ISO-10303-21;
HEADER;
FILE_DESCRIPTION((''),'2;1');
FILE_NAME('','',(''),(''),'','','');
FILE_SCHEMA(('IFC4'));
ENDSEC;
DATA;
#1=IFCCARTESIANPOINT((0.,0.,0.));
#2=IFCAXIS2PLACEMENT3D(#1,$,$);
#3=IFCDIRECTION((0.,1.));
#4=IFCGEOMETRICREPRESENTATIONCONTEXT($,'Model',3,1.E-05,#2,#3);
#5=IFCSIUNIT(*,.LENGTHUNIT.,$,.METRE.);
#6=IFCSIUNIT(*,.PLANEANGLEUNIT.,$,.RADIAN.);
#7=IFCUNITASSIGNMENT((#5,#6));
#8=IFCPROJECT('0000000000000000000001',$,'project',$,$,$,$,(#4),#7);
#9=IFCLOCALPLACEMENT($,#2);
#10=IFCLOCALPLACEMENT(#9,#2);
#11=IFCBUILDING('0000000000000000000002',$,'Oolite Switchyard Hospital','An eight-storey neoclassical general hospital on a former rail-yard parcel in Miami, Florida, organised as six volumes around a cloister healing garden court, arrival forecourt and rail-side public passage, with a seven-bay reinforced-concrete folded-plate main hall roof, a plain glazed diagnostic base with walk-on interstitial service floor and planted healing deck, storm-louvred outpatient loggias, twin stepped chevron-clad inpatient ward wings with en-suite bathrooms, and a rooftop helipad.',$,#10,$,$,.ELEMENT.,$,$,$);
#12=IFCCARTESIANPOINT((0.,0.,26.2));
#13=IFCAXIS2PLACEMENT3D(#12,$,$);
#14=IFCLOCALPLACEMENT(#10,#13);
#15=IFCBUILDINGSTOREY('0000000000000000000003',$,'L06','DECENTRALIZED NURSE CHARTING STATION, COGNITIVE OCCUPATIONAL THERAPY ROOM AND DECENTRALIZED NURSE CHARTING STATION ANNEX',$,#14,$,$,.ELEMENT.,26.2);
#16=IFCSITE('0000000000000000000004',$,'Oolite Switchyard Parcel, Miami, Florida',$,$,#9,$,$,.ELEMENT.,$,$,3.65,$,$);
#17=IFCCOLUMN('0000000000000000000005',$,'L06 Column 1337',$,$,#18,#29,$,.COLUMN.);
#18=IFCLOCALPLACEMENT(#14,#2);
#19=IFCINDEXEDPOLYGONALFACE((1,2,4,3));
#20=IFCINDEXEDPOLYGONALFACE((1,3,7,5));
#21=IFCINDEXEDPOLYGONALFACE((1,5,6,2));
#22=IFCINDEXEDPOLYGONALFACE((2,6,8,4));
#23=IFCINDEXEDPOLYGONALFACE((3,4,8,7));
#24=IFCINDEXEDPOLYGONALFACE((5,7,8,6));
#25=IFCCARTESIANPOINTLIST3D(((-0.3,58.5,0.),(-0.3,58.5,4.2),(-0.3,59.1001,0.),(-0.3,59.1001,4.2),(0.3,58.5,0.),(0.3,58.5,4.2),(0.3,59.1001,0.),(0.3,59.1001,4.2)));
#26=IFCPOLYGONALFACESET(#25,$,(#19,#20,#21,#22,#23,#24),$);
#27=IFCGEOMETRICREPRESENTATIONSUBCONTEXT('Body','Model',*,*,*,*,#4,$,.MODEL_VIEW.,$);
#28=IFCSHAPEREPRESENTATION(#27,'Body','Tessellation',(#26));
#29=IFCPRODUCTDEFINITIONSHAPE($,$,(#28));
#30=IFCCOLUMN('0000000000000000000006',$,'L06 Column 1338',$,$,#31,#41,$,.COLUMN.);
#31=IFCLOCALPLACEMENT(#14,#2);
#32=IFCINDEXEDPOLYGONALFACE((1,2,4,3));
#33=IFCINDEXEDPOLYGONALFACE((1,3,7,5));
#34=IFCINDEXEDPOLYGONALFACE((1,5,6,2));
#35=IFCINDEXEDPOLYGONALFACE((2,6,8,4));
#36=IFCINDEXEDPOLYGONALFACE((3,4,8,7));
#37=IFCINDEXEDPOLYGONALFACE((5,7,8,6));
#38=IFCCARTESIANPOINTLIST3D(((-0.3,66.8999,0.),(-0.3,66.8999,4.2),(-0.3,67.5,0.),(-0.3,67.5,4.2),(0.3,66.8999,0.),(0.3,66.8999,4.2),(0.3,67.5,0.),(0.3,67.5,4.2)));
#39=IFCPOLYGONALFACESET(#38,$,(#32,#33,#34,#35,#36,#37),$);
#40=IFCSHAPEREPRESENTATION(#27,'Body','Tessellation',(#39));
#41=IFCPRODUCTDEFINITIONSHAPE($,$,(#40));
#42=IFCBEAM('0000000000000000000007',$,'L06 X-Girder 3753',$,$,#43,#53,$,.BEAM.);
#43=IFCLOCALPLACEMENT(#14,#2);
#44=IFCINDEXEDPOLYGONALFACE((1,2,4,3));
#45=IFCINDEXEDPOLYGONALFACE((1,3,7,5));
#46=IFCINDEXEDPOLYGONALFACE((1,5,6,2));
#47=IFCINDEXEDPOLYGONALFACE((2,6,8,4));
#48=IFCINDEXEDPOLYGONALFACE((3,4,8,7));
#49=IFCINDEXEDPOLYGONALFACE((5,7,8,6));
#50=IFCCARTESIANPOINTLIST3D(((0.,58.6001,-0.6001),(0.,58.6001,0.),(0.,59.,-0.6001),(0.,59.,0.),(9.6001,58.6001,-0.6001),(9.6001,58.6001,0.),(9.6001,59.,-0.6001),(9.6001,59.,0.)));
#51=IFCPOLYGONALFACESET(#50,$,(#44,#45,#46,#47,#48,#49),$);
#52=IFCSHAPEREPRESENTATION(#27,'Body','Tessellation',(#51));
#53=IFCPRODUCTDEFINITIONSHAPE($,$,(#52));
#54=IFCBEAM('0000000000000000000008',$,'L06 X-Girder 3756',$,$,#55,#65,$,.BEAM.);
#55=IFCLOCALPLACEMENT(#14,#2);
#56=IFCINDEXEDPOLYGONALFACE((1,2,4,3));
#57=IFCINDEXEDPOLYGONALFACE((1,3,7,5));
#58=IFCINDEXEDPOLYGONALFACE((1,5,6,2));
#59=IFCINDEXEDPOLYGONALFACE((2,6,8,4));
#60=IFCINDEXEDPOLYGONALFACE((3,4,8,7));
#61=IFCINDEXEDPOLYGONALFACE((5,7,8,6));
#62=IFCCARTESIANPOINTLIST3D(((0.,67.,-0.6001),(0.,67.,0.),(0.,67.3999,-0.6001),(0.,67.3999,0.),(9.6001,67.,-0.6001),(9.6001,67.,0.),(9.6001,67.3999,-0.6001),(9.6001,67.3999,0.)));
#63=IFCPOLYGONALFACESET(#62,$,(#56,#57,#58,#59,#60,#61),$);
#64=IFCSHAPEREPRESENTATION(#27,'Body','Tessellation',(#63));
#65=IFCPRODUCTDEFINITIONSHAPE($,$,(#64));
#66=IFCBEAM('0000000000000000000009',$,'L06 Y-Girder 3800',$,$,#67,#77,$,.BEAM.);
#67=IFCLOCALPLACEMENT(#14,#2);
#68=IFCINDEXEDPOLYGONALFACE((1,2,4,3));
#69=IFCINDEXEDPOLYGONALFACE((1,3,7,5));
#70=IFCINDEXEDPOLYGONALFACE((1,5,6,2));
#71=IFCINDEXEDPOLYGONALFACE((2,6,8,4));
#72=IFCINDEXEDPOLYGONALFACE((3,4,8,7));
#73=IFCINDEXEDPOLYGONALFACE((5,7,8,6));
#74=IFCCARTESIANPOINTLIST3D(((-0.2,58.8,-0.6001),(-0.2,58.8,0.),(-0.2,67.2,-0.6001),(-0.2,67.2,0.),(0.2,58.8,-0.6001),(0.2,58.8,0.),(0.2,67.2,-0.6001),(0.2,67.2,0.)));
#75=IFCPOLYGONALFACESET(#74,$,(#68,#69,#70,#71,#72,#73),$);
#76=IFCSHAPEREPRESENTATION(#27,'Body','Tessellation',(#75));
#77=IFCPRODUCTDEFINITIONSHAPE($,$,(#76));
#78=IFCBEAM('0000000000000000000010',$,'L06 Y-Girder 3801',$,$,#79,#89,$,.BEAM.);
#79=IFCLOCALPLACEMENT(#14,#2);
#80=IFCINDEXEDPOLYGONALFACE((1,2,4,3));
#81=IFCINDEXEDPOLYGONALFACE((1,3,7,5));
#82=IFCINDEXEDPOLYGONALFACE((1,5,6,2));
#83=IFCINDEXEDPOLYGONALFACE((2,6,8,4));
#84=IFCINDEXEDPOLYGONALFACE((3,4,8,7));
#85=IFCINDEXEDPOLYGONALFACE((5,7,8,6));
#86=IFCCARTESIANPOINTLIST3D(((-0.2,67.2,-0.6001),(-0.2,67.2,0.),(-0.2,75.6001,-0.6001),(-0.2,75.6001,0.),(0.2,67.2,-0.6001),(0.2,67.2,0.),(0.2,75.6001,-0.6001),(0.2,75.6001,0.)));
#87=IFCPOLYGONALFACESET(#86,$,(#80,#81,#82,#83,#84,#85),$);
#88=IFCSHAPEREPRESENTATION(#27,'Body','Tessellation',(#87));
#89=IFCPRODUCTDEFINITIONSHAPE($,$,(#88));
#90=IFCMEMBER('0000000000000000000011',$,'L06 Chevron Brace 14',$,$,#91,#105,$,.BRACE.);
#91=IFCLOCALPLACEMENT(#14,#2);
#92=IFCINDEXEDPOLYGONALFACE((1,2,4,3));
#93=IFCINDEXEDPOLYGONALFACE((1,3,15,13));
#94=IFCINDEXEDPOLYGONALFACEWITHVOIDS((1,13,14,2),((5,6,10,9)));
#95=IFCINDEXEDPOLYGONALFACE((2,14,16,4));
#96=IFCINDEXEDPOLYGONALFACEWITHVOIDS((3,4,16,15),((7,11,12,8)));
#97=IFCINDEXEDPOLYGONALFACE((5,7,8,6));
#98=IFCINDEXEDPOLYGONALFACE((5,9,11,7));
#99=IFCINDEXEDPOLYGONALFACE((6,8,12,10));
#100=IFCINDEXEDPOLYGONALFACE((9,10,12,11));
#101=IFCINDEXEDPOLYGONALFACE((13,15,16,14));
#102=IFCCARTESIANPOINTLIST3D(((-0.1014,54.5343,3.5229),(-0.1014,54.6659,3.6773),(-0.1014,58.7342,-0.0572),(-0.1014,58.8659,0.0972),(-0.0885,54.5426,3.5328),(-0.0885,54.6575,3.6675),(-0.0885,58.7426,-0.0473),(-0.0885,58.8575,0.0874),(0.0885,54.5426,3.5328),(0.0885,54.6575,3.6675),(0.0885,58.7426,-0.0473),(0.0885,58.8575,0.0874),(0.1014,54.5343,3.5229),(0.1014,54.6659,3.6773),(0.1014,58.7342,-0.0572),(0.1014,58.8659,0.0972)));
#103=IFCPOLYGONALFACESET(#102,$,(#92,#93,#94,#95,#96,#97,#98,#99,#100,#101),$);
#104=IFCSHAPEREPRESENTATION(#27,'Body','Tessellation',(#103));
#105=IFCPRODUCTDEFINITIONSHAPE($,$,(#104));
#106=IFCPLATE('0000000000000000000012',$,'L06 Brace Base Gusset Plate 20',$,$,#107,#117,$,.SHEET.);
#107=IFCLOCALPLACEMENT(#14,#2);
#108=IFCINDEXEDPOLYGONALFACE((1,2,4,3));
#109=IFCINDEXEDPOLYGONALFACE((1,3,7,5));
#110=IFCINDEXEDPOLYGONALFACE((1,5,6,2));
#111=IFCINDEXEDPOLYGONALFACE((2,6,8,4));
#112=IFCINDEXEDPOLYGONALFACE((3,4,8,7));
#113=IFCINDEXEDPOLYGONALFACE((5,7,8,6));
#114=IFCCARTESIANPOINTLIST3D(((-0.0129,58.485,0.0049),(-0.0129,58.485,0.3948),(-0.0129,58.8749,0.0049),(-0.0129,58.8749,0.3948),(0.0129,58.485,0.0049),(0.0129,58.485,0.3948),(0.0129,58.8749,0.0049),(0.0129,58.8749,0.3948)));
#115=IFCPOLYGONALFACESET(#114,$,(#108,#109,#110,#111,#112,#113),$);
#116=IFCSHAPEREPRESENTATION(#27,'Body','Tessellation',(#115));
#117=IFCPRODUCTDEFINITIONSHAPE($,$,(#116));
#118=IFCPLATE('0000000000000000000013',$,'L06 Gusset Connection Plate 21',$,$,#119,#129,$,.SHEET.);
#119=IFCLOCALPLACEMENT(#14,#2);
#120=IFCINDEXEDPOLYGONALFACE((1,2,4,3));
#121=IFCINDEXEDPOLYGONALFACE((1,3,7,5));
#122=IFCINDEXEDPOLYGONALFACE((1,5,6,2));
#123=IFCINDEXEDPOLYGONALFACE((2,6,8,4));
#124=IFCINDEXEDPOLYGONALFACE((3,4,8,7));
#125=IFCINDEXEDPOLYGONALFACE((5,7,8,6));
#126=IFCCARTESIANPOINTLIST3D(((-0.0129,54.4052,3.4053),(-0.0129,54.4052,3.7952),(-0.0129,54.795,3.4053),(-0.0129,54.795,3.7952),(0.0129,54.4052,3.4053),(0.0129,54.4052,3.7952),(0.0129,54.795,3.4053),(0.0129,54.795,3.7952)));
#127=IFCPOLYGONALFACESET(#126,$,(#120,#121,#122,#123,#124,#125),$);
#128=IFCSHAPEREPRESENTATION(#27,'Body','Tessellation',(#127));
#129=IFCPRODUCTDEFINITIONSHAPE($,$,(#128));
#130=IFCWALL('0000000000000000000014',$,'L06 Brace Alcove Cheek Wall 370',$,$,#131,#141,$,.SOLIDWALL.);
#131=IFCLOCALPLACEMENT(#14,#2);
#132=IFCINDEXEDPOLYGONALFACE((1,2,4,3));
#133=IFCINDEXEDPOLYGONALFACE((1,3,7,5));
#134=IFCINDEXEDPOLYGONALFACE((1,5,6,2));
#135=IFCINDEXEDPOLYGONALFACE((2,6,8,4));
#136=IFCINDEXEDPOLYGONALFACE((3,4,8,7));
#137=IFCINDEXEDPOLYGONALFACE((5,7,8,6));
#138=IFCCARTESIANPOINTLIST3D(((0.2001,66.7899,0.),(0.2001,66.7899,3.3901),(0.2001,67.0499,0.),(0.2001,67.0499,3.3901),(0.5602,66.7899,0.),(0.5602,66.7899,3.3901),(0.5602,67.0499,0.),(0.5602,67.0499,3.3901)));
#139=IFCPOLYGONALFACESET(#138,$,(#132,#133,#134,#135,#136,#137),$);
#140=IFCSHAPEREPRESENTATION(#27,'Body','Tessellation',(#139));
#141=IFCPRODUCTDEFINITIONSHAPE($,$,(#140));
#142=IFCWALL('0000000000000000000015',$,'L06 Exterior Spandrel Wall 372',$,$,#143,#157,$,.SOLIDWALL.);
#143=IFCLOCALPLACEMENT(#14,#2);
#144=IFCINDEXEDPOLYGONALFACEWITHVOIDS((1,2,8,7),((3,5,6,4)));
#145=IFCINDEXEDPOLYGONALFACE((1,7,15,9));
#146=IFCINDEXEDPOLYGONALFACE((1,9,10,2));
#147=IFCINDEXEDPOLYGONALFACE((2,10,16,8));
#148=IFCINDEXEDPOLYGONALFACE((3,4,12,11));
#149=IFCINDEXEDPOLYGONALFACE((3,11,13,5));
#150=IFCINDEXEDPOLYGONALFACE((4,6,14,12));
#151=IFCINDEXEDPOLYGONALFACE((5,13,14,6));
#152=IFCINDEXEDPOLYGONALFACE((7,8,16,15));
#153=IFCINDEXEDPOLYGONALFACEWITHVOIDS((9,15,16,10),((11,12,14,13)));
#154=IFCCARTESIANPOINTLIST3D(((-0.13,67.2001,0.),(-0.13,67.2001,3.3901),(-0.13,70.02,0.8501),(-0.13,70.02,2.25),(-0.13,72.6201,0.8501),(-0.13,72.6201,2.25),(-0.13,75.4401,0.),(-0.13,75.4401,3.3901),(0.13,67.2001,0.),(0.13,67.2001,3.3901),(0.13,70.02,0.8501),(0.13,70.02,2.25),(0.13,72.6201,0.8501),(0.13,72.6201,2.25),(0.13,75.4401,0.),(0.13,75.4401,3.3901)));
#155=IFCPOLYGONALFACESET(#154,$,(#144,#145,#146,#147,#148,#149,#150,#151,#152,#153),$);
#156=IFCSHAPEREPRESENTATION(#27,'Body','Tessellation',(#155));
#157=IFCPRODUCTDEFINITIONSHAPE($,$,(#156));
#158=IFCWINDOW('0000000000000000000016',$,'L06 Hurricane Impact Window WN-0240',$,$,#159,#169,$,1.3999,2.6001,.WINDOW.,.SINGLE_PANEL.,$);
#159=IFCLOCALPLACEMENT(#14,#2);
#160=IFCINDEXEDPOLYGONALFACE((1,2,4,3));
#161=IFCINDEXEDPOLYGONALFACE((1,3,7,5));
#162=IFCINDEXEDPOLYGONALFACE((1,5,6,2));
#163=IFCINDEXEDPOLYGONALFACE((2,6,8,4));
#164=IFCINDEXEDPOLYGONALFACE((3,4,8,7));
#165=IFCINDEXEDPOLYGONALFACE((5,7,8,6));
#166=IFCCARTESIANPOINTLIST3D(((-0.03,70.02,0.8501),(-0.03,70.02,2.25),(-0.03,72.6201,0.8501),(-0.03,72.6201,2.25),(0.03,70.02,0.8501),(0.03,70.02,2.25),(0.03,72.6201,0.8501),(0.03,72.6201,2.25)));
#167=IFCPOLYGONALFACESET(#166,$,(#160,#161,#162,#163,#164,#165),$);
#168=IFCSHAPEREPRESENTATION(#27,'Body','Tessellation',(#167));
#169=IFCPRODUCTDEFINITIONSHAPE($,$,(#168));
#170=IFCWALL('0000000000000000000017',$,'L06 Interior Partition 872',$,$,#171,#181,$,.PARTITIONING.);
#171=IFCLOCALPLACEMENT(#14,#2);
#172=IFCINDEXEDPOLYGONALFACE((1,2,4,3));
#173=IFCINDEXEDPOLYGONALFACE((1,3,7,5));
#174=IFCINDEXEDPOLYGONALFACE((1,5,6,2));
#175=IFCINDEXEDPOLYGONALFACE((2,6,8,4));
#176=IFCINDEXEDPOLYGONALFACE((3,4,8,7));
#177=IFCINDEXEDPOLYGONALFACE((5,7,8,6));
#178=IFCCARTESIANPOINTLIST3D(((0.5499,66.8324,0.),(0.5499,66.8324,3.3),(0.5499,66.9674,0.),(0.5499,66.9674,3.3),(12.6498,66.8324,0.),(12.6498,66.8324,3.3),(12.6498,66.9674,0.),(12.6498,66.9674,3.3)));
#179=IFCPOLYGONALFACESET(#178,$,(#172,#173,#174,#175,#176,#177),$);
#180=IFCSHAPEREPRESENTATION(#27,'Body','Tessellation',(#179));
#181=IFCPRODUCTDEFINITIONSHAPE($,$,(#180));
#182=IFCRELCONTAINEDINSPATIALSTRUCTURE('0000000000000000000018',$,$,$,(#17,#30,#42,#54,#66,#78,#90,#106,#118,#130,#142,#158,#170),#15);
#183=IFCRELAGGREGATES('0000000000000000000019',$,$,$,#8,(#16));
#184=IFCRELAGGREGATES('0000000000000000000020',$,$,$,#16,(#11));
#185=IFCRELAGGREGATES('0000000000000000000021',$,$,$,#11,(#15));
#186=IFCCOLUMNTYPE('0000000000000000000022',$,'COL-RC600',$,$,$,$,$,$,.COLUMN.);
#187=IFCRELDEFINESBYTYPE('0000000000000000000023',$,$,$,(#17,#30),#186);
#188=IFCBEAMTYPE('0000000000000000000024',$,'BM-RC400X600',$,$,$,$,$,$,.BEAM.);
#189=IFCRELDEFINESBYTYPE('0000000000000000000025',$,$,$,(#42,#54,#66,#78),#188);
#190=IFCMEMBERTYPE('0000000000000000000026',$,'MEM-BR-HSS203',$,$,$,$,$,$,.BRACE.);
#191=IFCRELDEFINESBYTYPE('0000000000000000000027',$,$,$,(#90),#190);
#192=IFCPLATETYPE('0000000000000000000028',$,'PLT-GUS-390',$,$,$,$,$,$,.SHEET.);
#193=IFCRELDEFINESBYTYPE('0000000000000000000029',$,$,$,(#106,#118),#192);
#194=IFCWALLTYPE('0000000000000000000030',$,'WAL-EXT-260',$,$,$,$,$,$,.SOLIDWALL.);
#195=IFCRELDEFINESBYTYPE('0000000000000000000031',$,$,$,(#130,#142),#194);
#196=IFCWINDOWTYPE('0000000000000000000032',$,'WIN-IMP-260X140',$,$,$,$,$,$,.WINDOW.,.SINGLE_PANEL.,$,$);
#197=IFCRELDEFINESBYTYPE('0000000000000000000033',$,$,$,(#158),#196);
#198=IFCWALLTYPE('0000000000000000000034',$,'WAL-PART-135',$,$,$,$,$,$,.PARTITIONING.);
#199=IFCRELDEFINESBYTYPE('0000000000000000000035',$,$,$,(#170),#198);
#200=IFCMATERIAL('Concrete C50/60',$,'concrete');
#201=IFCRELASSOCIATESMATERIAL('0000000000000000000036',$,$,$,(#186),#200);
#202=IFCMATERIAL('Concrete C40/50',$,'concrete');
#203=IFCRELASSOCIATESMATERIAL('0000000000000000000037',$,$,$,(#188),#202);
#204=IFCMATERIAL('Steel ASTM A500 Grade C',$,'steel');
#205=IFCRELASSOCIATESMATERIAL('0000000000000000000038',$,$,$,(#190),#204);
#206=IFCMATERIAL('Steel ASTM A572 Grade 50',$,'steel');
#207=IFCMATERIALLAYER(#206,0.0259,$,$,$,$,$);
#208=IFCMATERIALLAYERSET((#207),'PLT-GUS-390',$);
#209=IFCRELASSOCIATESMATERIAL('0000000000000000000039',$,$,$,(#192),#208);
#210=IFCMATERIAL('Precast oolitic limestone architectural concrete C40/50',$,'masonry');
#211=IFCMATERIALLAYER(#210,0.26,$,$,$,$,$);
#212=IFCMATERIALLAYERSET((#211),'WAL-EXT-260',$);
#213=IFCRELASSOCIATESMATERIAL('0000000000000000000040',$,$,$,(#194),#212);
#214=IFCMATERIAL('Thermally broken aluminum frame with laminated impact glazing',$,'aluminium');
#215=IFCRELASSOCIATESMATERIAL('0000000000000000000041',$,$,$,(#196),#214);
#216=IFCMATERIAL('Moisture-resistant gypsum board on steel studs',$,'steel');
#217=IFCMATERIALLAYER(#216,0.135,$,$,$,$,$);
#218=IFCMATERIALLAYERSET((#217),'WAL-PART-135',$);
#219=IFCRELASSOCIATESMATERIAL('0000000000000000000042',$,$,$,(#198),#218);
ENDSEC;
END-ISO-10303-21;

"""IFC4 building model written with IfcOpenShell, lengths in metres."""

from ifc_helpers import new_model, si_unit, direction, frame, frame_2d, origin, origin_2d, place, context, subcontext, project, spatial, rectangle, hollow_rectangle, extrude, material, layer, layer_set, material_profile, profile_set, type_object, element, fill, save


model = new_model("IFC4")

# Units and contexts
model_context = context("Model", 3, precision=1e-05, world=origin(), true_north=direction((0.0, 1.0)))
body_context = subcontext(model_context, "Body", "Model", "MODEL_VIEW")
ifc_project = project(units=[si_unit("LENGTHUNIT", "METRE"), si_unit("PLANEANGLEUNIT", "RADIAN")], contexts=[model_context])

# Site, building, storey
site_placement = place(None, origin())
site = spatial("IfcSite", under=ifc_project, at=site_placement, Name="Oolite Switchyard Parcel, Miami, Florida", CompositionType="ELEMENT", RefElevation=3.65)
building_placement = place(site_placement, origin())
building = spatial("IfcBuilding", under=site, at=building_placement, Name="Oolite Switchyard Hospital", Description="An eight-storey neoclassical general hospital on a former rail-yard parcel in Miami, Florida, organised as six volumes around a cloister healing garden court, arrival forecourt and rail-side public passage, with a seven-bay reinforced-concrete folded-plate main hall roof, a plain glazed diagnostic base with walk-on interstitial service floor and planted healing deck, storm-louvred outpatient loggias, twin stepped chevron-clad inpatient ward wings with en-suite bathrooms, and a rooftop helipad.", CompositionType="ELEMENT")
storey_placement = place(building_placement, frame((0.0, 0.0, 26.2)))
storey = spatial("IfcBuildingStorey", under=building, at=storey_placement, Name="L06", Description="DECENTRALIZED NURSE CHARTING STATION, COGNITIVE OCCUPATIONAL THERAPY ROOM AND DECENTRALIZED NURSE CHARTING STATION ANNEX", CompositionType="ELEMENT", Elevation=26.2)

# Columns
ifc_material_1 = material(Name="Concrete C50/60", Category="concrete")
ifc_material_profile_1 = material_profile(ifc_material_1, rectangle(XDim=0.6001, YDim=0.6001, at=origin_2d()), Name="RC600X600")
ifc_profile_set_1 = profile_set([ifc_material_profile_1], Name="Concrete C50/60")
column_type = type_object("IfcColumnType", Name="COL-RC600", PredefinedType="COLUMN", material=ifc_profile_set_1)
for number, where, z_axis, x_axis, name in (
    (1, (0.0, 58.8, 0.0), (0.0, 0.0, 1.0), (1.0, 0.0, 0.0), "L06 Column 1337"),
    (2, (0.0, 67.2, 0.0), (0.0, 0.0, 1.0), (1.0, 0.0, 0.0), "L06 Column 1338"),
):
    element("IfcColumn", number, at=place(storey_placement, frame(where, z_axis=z_axis, x_axis=x_axis)), inside=storey, type_object=column_type, Name=name, PredefinedType="COLUMN", context=body_context, shape_type="SweptSolid", body=[
        extrude(rectangle(XDim=0.6001, YDim=0.6001, at=origin_2d()), origin(), (0.0, 0.0, 1.0), 4.2),
    ])

# Beams
ifc_material_2 = material(Name="Concrete C40/50", Category="concrete")
ifc_material_profile_2 = material_profile(ifc_material_2, rectangle(XDim=0.3999, YDim=0.6001, at=origin_2d()), Name="RCB400X600")
ifc_profile_set_2 = profile_set([ifc_material_profile_2], Name="Concrete C40/50")
beam_type = type_object("IfcBeamType", Name="BM-RC400X600", PredefinedType="BEAM", material=ifc_profile_set_2)
for number, where, z_axis, x_axis, name in (
    (3, (0.0, 58.8, -0.3), (1.0, 0.0, 0.0), (0.0, 1.0, 0.0), "L06 X-Girder 3753"),
    (4, (0.0, 67.2, -0.3), (1.0, 0.0, 0.0), (0.0, 1.0, 0.0), "L06 X-Girder 3756"),
):
    element("IfcBeam", number, at=place(storey_placement, frame(where, z_axis=z_axis, x_axis=x_axis)), inside=storey, type_object=beam_type, Name=name, PredefinedType="BEAM", context=body_context, shape_type="SweptSolid", body=[
        extrude(rectangle(XDim=0.3999, YDim=0.6001, at=origin_2d()), origin(), (0.0, 0.0, 1.0), 9.6001),
    ])
beam_1_placement = place(storey_placement, frame((0.0, 58.8, -0.3), z_axis=(0.0, 1.0, 0.0), x_axis=(-1.0, 0.0, 0.0)))
element("IfcBeam", 5, at=beam_1_placement, inside=storey, type_object=beam_type, Name="L06 Y-Girder 3800", PredefinedType="BEAM", context=body_context, shape_type="SweptSolid", body=[
    extrude(rectangle(XDim=0.3999, YDim=0.6001, at=origin_2d()), origin(), (0.0, 0.0, 1.0), 8.3999),
])
beam_2_placement = place(storey_placement, frame((0.0, 67.2, -0.3), z_axis=(0.0, 1.0, 0.0), x_axis=(-1.0, 0.0, 0.0)))
element("IfcBeam", 6, at=beam_2_placement, inside=storey, type_object=beam_type, Name="L06 Y-Girder 3801", PredefinedType="BEAM", context=body_context, shape_type="SweptSolid", body=[
    extrude(rectangle(XDim=0.3999, YDim=0.6001, at=origin_2d()), origin(), (0.0, 0.0, 1.0), 8.4001),
])

# Member
ifc_material_3 = material(Name="Steel ASTM A500 Grade C", Category="steel")
ifc_material_profile_3 = material_profile(ifc_material_3, hollow_rectangle(XDim=0.2029, YDim=0.2029, WallThickness=0.0129, at=origin_2d()), Name="HSS203X203X13")
ifc_profile_set_3 = profile_set([ifc_material_profile_3], Name="Steel ASTM A500 Grade C")
member_type = type_object("IfcMemberType", Name="MEM-BR-HSS203", PredefinedType="BRACE", material=ifc_profile_set_3)
member_placement = place(storey_placement, frame((0.0, 58.8, 0.02), z_axis=(0.0, -0.761034, 0.648712), x_axis=(1.0, 0.0, 0.0)))
element("IfcMember", 7, at=member_placement, inside=storey, type_object=member_type, Name="L06 Chevron Brace 14", PredefinedType="BRACE", context=body_context, shape_type="SweptSolid", body=[
    extrude(hollow_rectangle(XDim=0.2029, YDim=0.2029, WallThickness=0.0129, at=origin_2d()), origin(), (0.0, 0.0, 1.0), 5.5188),
])

# Plates
ifc_material_4 = material(Name="Steel ASTM A572 Grade 50", Category="steel")
ifc_layer_1 = layer(ifc_material_4, 0.0259)
ifc_layer_set_1 = layer_set([ifc_layer_1], Name="PLT-GUS-390")
plate_type = type_object("IfcPlateType", Name="PLT-GUS-390", PredefinedType="SHEET", material=ifc_layer_set_1)
for number, where, z_axis, x_axis, name in (
    (8, (0.0, 58.6799, 0.0049), (0.0, 0.0, 1.0), (0.0, 1.0, 0.0), "L06 Brace Base Gusset Plate 20"),
    (9, (0.0, 54.6001, 3.4053), (0.0, 0.0, 1.0), (0.0, 1.0, 0.0), "L06 Gusset Connection Plate 21"),
):
    element("IfcPlate", number, at=place(storey_placement, frame(where, z_axis=z_axis, x_axis=x_axis)), inside=storey, type_object=plate_type, Name=name, PredefinedType="SHEET", context=body_context, shape_type="SweptSolid", body=[
        extrude(rectangle(XDim=0.3899, YDim=0.0259, at=origin_2d()), origin(), (0.0, 0.0, 1.0), 0.3899),
    ])

# Wall
ifc_material_5 = material(Name="Precast oolitic limestone architectural concrete C40/50", Category="masonry")
ifc_layer_2 = layer(ifc_material_5, 0.26)
ifc_layer_set_2 = layer_set([ifc_layer_2], Name="WAL-EXT-260")
wall_type_1 = type_object("IfcWallType", Name="WAL-EXT-260", PredefinedType="SOLIDWALL", material=ifc_layer_set_2)
wall_1_placement = place(storey_placement, frame((0.2, 66.9199, 0.0), z_axis=(0.0, 0.0, 1.0), x_axis=(1.0, 0.0, 0.0)))
element("IfcWall", 10, at=wall_1_placement, inside=storey, type_object=wall_type_1, Name="L06 Brace Alcove Cheek Wall 370", PredefinedType="SOLIDWALL", context=body_context, shape_type="SweptSolid", body=[
    extrude(rectangle(XDim=0.3601, YDim=0.26, at=frame_2d((0.1802, 0.0))), origin(), (0.0, 0.0, 1.0), 3.3901),
])

# Wall, opening, window
wall_2_placement = place(storey_placement, frame((0.0, 67.2, 0.0), z_axis=(0.0, 0.0, 1.0), x_axis=(0.0, 1.0, 0.0)))
wall_2 = element("IfcWall", 11, at=wall_2_placement, inside=storey, type_object=wall_type_1, Name="L06 Exterior Spandrel Wall 372", PredefinedType="SOLIDWALL", context=body_context, shape_type="SweptSolid", body=[
    extrude(rectangle(XDim=8.24, YDim=0.26, at=frame_2d((4.1201, 0.0))), origin(), (0.0, 0.0, 1.0), 3.3901),
])
opening_placement = place(wall_2_placement, frame((2.8201, 0.0, 0.8501)))
opening = element("IfcOpeningElement", 12, at=opening_placement, cuts=wall_2, PredefinedType="OPENING", context=body_context, shape_type="SweptSolid", body=[
    extrude(rectangle(XDim=2.6001, YDim=1.3999, at=frame_2d((1.3, 0.7))), frame((0.0, 0.1401, 0.0), z_axis=(0.0, -1.0, 0.0), x_axis=(1.0, 0.0, 0.0)), (0.0, 0.0, 1.0), 0.28),
])
ifc_material_6 = material(Name="Thermally broken aluminum frame with laminated impact glazing", Category="aluminium")
window_type = type_object("IfcWindowType", Name="WIN-IMP-260X140", PartitioningType="SINGLE_PANEL", PredefinedType="WINDOW", material=ifc_material_6)
window_placement = place(opening_placement, origin())
window = element("IfcWindow", 13, at=window_placement, inside=storey, type_object=window_type, Name="L06 Hurricane Impact Window WN-0240", OverallHeight=1.3999, OverallWidth=2.6001, PartitioningType="SINGLE_PANEL", PredefinedType="WINDOW", context=body_context, shape_type="SweptSolid", body=[
    extrude(rectangle(XDim=2.6001, YDim=1.3999, at=frame_2d((1.3, 0.7))), frame((0.0, 0.03, 0.0), z_axis=(0.0, -1.0, 0.0), x_axis=(1.0, 0.0, 0.0)), (0.0, 0.0, 1.0), 0.0601),
])
fill(opening, window)

# Wall
ifc_material_7 = material(Name="Moisture-resistant gypsum board on steel studs", Category="steel")
ifc_layer_3 = layer(ifc_material_7, 0.135)
ifc_layer_set_3 = layer_set([ifc_layer_3], Name="WAL-PART-135")
wall_type_2 = type_object("IfcWallType", Name="WAL-PART-135", PredefinedType="PARTITIONING", material=ifc_layer_set_3)
wall_3_placement = place(storey_placement, frame((0.55, 66.8999, 0.0), z_axis=(0.0, 0.0, 1.0), x_axis=(1.0, 0.0, 0.0)))
element("IfcWall", 14, at=wall_3_placement, inside=storey, type_object=wall_type_2, Name="L06 Interior Partition 872", PredefinedType="PARTITIONING", context=body_context, shape_type="SweptSolid", body=[
    extrude(rectangle(XDim=12.0999, YDim=0.135, at=frame_2d((6.0498, 0.0))), origin(), (0.0, 0.0, 1.0), 3.3),
])

save(model, "model.ifc")
